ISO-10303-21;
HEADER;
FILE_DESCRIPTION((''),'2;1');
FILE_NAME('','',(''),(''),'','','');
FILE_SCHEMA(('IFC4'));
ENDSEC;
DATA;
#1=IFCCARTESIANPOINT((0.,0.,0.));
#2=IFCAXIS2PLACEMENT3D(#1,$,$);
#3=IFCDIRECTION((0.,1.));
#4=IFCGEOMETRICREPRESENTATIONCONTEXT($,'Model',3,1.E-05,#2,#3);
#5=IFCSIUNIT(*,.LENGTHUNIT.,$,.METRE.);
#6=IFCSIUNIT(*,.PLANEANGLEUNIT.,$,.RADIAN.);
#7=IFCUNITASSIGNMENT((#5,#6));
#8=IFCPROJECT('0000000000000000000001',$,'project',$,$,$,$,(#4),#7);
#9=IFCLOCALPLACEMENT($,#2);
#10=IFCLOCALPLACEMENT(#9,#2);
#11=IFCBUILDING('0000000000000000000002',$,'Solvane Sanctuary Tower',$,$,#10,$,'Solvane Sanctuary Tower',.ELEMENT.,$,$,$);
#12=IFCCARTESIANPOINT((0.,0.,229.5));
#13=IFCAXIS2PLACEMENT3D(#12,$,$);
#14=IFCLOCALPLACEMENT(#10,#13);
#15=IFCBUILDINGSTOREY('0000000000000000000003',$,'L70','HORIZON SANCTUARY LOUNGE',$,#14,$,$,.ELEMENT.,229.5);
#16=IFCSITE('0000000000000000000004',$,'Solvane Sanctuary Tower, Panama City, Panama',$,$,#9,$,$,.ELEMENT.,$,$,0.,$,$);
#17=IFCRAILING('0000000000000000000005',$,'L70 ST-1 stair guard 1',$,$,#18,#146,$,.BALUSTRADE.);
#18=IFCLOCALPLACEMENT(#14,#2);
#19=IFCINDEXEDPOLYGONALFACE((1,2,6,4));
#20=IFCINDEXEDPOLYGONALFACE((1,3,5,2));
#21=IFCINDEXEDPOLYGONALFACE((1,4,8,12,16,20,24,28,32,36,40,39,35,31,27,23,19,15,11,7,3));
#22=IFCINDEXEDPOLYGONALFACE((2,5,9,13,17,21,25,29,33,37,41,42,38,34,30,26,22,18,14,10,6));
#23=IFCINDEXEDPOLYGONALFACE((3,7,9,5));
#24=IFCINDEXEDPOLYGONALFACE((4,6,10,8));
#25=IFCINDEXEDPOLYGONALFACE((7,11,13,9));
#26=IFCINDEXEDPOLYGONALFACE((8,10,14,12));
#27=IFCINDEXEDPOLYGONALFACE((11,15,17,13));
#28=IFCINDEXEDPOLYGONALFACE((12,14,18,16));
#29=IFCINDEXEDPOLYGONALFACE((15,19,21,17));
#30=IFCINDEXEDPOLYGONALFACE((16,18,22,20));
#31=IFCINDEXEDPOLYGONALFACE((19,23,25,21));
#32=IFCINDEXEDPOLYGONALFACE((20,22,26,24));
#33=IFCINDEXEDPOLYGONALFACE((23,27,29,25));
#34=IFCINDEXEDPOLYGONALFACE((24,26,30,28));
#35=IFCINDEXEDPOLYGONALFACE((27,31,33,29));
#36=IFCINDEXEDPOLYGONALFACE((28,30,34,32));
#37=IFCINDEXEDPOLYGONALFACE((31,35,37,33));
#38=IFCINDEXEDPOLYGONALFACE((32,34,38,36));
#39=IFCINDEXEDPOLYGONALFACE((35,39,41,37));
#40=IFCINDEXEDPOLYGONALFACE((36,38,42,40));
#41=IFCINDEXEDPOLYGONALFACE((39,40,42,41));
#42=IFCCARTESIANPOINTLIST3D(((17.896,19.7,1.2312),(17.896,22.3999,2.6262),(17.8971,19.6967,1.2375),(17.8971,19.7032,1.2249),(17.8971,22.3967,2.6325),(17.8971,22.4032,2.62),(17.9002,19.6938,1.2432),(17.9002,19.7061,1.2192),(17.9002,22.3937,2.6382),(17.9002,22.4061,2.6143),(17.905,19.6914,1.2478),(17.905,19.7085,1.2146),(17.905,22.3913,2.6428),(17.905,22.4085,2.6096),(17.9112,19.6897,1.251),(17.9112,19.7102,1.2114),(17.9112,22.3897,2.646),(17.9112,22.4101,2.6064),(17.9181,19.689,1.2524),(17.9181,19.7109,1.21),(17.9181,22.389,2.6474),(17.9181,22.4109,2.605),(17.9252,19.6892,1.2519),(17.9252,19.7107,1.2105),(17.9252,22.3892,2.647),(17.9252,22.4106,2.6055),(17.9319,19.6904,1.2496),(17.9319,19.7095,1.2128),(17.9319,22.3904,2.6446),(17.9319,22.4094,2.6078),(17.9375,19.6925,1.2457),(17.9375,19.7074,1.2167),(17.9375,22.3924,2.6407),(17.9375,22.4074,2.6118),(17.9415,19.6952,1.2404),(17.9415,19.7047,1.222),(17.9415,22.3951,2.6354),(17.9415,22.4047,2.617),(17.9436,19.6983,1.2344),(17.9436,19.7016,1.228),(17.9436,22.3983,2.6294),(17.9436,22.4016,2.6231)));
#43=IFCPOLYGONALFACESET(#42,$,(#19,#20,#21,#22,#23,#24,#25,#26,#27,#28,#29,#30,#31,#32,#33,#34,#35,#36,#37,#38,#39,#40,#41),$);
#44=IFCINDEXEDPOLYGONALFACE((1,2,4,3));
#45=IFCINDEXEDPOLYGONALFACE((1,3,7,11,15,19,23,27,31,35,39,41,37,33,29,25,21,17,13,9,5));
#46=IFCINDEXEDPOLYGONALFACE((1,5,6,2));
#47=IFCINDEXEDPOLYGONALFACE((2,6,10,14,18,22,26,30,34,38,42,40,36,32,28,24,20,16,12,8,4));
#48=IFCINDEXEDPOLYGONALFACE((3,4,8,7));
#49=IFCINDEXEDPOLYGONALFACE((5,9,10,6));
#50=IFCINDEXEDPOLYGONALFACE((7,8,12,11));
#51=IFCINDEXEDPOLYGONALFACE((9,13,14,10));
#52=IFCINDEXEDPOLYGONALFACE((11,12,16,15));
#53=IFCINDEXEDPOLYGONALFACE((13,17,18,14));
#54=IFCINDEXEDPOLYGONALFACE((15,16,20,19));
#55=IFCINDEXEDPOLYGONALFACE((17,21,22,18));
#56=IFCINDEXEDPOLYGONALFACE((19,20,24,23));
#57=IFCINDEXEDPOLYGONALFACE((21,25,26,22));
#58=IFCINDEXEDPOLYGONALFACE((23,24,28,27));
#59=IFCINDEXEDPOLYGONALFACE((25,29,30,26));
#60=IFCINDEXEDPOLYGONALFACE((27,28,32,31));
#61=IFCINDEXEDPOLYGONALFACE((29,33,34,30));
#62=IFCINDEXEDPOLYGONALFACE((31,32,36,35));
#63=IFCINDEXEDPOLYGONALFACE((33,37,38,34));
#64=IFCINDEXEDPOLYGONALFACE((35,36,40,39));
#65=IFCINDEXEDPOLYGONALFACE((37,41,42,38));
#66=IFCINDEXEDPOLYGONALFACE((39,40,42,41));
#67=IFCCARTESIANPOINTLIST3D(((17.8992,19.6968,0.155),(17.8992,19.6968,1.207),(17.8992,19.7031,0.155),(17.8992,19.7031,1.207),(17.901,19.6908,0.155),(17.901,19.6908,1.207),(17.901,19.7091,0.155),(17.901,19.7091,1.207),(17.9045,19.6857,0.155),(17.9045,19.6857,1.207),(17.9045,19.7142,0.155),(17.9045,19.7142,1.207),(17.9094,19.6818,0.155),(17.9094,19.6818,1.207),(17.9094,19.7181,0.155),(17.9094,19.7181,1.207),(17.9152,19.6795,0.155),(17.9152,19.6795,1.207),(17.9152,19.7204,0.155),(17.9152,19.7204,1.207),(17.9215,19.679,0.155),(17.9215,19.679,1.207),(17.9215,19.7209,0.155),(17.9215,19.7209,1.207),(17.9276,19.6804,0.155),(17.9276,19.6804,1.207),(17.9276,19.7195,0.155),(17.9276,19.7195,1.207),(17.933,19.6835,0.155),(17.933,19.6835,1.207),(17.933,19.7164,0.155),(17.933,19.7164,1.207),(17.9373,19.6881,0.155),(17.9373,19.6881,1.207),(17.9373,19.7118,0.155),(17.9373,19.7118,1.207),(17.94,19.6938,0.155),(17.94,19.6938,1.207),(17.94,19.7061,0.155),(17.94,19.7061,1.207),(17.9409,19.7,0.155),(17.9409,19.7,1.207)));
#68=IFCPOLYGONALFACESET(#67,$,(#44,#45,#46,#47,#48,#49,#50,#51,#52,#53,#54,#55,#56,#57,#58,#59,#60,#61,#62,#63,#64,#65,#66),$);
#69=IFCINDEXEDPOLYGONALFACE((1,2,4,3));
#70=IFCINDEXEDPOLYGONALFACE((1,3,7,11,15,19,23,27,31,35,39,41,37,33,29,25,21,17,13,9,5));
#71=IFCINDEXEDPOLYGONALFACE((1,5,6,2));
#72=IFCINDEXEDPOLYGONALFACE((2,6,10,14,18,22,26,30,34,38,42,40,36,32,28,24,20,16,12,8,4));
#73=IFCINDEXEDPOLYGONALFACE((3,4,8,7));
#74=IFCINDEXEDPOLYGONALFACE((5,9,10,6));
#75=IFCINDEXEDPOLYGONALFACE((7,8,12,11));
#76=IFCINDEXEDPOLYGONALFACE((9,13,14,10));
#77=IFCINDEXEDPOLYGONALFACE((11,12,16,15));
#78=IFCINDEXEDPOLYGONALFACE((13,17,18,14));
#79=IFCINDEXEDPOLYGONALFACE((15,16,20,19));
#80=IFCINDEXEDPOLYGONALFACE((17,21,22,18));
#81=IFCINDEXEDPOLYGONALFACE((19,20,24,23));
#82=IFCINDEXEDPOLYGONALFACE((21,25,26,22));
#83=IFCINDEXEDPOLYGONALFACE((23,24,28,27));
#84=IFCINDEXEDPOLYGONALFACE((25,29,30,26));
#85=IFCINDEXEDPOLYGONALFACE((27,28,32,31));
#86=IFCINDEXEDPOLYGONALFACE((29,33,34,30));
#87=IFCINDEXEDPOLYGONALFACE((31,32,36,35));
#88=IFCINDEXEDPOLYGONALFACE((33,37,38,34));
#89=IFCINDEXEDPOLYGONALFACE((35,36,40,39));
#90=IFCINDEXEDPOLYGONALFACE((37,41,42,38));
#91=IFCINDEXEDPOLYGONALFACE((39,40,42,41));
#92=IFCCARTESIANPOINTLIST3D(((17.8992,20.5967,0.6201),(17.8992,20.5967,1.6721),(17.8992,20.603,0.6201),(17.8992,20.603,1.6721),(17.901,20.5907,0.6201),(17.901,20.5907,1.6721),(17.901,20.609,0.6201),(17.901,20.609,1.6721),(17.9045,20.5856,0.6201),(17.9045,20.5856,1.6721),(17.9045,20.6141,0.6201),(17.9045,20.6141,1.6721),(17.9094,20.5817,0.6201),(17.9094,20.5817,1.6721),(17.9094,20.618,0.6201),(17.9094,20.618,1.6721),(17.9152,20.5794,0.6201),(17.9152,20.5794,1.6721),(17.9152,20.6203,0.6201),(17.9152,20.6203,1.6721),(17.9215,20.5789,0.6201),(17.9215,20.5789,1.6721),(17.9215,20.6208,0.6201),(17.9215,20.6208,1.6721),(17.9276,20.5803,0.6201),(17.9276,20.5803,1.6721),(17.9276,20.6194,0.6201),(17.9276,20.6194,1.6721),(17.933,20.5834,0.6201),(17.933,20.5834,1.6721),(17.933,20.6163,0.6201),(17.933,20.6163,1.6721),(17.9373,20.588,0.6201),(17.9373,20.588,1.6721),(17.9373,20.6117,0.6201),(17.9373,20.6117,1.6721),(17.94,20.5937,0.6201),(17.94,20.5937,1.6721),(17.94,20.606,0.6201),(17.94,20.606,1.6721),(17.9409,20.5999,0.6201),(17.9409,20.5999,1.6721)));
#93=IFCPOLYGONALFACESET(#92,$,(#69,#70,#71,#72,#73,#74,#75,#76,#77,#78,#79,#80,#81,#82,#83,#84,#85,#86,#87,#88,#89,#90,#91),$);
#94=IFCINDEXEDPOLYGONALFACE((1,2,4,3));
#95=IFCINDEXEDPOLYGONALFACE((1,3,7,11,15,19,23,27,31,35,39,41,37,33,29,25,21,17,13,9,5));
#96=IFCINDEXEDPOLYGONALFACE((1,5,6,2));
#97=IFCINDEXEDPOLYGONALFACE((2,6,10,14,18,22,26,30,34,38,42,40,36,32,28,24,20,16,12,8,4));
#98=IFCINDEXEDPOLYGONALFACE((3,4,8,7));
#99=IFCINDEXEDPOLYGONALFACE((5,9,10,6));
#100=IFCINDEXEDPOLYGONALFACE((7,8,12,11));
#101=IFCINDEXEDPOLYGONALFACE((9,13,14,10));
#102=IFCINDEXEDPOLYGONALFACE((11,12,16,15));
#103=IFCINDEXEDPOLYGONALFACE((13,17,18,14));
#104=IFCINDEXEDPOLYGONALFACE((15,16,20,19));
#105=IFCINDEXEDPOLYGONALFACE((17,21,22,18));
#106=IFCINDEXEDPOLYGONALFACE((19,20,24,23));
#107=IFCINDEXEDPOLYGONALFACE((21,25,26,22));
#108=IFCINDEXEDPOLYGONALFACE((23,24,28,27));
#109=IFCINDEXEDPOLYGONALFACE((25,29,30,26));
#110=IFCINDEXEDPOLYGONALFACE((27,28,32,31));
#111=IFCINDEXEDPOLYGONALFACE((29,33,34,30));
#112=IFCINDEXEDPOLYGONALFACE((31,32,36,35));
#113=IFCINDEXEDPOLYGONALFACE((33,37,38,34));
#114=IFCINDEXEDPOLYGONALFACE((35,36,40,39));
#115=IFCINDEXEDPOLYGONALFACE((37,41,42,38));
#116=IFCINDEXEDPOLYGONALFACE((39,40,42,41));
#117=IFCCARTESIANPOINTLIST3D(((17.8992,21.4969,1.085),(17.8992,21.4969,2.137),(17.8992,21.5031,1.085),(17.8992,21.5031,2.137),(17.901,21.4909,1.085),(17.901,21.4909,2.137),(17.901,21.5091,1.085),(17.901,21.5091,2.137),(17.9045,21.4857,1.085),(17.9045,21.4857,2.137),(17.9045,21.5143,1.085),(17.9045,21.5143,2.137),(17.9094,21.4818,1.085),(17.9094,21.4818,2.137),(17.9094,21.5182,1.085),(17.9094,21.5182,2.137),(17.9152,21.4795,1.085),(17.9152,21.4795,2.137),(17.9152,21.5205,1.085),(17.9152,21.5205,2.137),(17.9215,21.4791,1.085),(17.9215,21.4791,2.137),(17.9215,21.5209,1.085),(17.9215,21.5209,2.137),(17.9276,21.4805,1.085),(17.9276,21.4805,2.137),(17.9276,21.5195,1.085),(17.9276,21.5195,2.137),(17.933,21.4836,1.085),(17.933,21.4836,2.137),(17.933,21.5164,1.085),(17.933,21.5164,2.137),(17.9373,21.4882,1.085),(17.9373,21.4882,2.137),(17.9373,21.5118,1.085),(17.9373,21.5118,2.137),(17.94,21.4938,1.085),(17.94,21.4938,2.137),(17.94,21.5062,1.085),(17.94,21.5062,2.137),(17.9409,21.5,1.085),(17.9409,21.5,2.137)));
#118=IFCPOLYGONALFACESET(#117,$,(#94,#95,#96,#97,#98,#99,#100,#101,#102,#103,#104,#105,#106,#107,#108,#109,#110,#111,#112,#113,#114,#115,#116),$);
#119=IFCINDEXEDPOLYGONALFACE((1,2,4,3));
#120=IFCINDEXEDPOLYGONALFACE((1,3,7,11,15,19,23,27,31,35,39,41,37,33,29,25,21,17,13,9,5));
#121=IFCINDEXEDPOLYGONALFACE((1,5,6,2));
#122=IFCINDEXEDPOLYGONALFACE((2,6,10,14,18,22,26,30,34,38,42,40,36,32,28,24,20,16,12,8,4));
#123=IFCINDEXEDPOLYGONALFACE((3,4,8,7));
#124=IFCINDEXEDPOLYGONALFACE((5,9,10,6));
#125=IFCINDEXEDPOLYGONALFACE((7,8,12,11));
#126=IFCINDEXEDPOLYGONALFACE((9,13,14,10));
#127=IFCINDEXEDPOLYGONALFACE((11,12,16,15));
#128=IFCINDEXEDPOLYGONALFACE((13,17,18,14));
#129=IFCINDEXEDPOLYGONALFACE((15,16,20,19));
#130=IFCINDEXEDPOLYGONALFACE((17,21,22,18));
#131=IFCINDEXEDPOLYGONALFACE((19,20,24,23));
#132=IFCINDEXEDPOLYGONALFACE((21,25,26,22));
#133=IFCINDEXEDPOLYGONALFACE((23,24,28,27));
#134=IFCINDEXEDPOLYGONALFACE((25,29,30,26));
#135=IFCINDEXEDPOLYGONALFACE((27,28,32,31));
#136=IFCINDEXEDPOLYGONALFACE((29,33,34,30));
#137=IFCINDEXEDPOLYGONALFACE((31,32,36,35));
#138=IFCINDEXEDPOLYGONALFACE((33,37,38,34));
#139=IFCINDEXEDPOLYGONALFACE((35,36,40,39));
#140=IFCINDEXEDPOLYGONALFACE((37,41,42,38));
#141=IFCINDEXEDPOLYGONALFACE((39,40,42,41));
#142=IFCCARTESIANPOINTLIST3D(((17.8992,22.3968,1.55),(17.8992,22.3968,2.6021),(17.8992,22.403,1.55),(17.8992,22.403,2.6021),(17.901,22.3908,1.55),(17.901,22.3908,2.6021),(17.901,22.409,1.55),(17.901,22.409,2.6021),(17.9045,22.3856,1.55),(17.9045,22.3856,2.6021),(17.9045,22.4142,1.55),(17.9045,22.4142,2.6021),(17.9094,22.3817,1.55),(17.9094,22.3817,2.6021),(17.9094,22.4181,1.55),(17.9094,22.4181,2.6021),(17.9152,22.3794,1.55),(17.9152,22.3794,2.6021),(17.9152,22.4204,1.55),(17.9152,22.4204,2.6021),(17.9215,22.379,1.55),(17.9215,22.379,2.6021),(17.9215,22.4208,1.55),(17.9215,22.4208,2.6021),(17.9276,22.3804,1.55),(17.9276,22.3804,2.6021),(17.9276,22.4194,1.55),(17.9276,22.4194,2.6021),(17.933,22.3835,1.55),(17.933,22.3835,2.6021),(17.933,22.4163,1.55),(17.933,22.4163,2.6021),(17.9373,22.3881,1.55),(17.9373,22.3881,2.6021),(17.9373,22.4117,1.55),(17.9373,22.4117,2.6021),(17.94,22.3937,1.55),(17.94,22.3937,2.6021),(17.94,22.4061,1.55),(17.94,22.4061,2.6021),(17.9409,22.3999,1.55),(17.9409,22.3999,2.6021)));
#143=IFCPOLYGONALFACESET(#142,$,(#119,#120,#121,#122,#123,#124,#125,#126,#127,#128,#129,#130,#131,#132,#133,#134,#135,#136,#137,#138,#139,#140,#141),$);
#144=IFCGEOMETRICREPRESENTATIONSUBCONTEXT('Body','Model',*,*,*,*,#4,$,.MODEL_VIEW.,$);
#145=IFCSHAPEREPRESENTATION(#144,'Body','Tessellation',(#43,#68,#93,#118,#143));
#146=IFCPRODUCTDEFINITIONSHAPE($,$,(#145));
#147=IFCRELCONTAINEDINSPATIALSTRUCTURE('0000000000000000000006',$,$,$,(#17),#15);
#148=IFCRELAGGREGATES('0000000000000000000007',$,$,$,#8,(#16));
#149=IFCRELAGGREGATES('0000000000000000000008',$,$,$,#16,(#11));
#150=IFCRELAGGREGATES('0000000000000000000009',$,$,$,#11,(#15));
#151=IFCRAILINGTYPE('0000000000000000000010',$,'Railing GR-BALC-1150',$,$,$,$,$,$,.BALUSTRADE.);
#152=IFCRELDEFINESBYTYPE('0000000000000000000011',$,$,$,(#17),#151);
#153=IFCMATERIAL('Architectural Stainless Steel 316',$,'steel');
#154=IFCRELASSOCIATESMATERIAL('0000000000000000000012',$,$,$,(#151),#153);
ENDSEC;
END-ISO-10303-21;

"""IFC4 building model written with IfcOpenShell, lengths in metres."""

from ifc_helpers import new_model, si_unit, direction, frame, origin, origin_2d, place, context, subcontext, project, spatial, circle, extrude, material, type_object, element, save


model = new_model("IFC4")

# Units and contexts
model_context = context("Model", 3, precision=1e-05, world=origin(), true_north=direction((0.0, 1.0)))
body_context = subcontext(model_context, "Body", "Model", "MODEL_VIEW")
ifc_project = project(units=[si_unit("LENGTHUNIT", "METRE"), si_unit("PLANEANGLEUNIT", "RADIAN")], contexts=[model_context])

# Site, building, storey
site_placement = place(None, origin())
site = spatial("IfcSite", under=ifc_project, at=site_placement, Name="Solvane Sanctuary Tower, Panama City, Panama", CompositionType="ELEMENT", RefElevation=0.0)
building_placement = place(site_placement, origin())
building = spatial("IfcBuilding", under=site, at=building_placement, Name="Solvane Sanctuary Tower", LongName="Solvane Sanctuary Tower", CompositionType="ELEMENT")
storey_placement = place(building_placement, frame((0.0, 0.0, 229.5)))
storey = spatial("IfcBuildingStorey", under=building, at=storey_placement, Name="L70", Description="HORIZON SANCTUARY LOUNGE", CompositionType="ELEMENT", Elevation=229.5)

# Shared definitions
ifc_material_1 = material(Name="Architectural Stainless Steel 316", Category="steel")

# Railing
railing_type = type_object("IfcRailingType", Name="Railing GR-BALC-1150", PredefinedType="BALUSTRADE", material=ifc_material_1)
railing_1_placement = place(storey_placement, frame((17.9199, 19.7, 0.155)))
element("IfcRailing", 1, at=railing_1_placement, inside=storey, type_object=railing_type, Name="L70 ST-1 stair guard 1", PredefinedType="BALUSTRADE", context=body_context, shape_type="SweptSolid", body=[
    extrude(circle(Radius=0.0239, at=origin_2d()), frame((0.0, 0.0, 1.0762), z_axis=(0.0, 0.88842, 0.459032), x_axis=(-1.0, 0.0, 0.0)), (0.0, 0.0, 1.0), 3.0391),
    extrude(circle(Radius=0.021, at=origin_2d()), origin(), (0.0, 0.0, 1.0), 1.052),
    extrude(circle(Radius=0.021, at=origin_2d()), frame((0.0, 0.8999, 0.4651)), (0.0, 0.0, 1.0), 1.052),
    extrude(circle(Radius=0.021, at=origin_2d()), frame((0.0, 1.8, 0.9299)), (0.0, 0.0, 1.0), 1.052),
    extrude(circle(Radius=0.021, at=origin_2d()), frame((0.0, 2.7, 1.395)), (0.0, 0.0, 1.0), 1.052),
])

save(model, "model.ifc")
